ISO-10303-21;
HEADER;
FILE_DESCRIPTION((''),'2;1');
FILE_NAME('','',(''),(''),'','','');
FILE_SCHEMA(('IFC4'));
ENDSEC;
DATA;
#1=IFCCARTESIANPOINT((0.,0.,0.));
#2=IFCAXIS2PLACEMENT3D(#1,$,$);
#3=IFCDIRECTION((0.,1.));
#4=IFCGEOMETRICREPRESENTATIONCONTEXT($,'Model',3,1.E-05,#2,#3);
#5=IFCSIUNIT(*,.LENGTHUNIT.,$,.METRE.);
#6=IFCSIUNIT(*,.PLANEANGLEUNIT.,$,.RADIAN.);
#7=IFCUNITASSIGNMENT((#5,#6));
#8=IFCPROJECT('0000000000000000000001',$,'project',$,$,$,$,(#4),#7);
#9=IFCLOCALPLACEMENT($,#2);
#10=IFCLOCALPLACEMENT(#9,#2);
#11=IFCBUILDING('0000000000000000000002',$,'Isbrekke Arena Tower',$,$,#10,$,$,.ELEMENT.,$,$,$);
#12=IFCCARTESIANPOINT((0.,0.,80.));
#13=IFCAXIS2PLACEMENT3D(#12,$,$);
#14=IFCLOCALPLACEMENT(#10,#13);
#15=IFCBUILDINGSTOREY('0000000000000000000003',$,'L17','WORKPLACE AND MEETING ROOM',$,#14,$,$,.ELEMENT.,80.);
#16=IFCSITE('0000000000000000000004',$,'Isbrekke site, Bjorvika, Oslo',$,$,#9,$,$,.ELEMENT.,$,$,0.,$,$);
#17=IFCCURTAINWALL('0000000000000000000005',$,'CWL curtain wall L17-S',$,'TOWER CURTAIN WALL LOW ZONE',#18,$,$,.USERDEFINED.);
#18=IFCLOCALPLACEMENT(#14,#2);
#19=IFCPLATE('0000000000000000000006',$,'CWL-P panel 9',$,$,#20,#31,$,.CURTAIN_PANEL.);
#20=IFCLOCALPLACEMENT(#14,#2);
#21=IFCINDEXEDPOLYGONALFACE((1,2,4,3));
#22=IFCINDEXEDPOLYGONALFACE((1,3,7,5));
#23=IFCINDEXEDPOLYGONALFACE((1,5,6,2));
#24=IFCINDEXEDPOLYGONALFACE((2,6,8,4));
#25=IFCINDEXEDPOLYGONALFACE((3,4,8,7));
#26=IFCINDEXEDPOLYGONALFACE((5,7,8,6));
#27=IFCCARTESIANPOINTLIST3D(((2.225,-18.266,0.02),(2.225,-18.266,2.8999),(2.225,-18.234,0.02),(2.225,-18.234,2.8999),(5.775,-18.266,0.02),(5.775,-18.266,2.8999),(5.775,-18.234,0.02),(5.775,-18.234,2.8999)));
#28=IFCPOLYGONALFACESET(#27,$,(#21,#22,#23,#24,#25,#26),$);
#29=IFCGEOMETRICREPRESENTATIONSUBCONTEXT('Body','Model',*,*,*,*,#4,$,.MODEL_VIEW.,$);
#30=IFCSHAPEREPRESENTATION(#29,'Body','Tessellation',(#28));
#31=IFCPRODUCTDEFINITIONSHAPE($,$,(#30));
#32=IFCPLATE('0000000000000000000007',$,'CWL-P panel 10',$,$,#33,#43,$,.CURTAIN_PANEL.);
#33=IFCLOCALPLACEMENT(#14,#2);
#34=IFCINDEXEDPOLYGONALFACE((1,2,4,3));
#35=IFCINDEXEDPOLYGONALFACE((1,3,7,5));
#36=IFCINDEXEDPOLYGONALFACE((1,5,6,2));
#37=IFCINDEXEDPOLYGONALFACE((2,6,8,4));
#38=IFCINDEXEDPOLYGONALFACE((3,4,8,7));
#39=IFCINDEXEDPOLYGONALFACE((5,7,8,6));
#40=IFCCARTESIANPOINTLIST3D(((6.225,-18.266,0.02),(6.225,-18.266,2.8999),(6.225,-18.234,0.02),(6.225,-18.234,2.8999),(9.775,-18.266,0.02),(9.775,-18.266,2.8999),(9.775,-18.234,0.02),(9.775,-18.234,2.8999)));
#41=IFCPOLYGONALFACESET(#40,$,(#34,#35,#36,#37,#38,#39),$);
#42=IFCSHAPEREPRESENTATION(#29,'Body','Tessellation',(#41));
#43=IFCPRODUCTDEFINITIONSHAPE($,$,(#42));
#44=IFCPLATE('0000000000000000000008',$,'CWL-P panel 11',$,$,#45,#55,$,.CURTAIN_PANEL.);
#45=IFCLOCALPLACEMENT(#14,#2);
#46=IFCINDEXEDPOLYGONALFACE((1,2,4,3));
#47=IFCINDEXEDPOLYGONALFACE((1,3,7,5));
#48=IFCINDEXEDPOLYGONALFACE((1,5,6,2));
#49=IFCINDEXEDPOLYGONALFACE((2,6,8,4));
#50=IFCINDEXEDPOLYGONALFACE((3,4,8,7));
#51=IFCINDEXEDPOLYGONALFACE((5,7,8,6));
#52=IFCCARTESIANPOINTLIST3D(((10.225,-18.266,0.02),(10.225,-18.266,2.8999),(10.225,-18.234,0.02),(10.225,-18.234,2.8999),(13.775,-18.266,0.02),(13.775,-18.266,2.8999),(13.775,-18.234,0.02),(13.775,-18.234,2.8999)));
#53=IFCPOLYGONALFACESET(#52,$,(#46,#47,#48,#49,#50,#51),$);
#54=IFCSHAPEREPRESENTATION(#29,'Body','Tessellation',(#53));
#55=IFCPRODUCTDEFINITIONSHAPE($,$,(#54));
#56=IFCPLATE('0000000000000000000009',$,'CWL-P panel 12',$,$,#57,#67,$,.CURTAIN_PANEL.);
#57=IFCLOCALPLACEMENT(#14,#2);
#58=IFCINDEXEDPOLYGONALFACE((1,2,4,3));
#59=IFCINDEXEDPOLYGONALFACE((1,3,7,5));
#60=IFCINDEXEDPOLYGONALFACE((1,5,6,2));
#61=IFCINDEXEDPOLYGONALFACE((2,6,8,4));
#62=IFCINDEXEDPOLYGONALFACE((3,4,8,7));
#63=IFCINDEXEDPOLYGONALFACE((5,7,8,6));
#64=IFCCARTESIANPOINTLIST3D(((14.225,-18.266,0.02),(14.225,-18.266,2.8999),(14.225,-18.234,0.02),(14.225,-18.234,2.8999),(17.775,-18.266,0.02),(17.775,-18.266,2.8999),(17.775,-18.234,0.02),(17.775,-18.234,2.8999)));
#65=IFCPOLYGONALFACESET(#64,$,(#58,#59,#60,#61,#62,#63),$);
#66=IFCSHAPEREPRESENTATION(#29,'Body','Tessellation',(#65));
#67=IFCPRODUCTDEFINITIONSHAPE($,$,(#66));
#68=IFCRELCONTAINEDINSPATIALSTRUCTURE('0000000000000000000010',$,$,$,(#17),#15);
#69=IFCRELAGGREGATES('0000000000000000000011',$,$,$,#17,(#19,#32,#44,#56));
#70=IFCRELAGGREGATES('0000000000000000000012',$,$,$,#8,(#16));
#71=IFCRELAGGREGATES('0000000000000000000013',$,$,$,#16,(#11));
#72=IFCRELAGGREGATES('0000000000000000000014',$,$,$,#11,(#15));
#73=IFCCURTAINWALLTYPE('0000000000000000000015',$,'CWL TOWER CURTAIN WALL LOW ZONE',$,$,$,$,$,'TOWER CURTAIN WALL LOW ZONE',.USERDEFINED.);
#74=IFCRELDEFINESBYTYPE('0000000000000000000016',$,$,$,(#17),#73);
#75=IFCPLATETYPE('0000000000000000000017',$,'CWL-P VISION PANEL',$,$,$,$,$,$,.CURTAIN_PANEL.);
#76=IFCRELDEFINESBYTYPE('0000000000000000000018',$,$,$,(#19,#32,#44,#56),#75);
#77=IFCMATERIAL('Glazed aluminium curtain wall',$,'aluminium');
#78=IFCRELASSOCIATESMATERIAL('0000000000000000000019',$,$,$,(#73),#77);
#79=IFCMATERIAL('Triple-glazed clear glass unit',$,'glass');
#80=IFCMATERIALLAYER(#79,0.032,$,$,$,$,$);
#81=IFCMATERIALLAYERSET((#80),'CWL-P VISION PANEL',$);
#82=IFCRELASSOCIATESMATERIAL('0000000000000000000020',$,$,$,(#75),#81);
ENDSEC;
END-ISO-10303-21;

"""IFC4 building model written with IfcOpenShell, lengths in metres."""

from ifc_helpers import new_model, si_unit, direction, frame, origin, origin_2d, place, context, subcontext, project, spatial, rectangle, extrude, material, layer, layer_set, type_object, element, aggregate, save


model = new_model("IFC4")

# Units and contexts
model_context = context("Model", 3, precision=1e-05, world=origin(), true_north=direction((0.0, 1.0)))
body_context = subcontext(model_context, "Body", "Model", "MODEL_VIEW")
ifc_project = project(units=[si_unit("LENGTHUNIT", "METRE"), si_unit("PLANEANGLEUNIT", "RADIAN")], contexts=[model_context])

# Site, building, storey
site_placement = place(None, origin())
site = spatial("IfcSite", under=ifc_project, at=site_placement, Name="Isbrekke site, Bjorvika, Oslo", CompositionType="ELEMENT", RefElevation=0.0)
building_placement = place(site_placement, origin())
building = spatial("IfcBuilding", under=site, at=building_placement, Name="Isbrekke Arena Tower", CompositionType="ELEMENT")
storey_placement = place(building_placement, frame((0.0, 0.0, 80.0)))
storey = spatial("IfcBuildingStorey", under=building, at=storey_placement, Name="L17", Description="WORKPLACE AND MEETING ROOM", CompositionType="ELEMENT", Elevation=80.0)

# Curtain wall
ifc_material_1 = material(Name="Glazed aluminium curtain wall", Category="aluminium")
curtain_wall_type = type_object("IfcCurtainWallType", Name="CWL TOWER CURTAIN WALL LOW ZONE", ElementType="TOWER CURTAIN WALL LOW ZONE", PredefinedType="USERDEFINED", material=ifc_material_1)
curtain_wall_placement = place(storey_placement, origin())
curtain_wall = element("IfcCurtainWall", 1, at=curtain_wall_placement, inside=storey, type_object=curtain_wall_type, Name="CWL curtain wall L17-S", ObjectType="TOWER CURTAIN WALL LOW ZONE", PredefinedType="USERDEFINED")

# Plates
ifc_material_2 = material(Name="Triple-glazed clear glass unit", Category="glass")
ifc_layer = layer(ifc_material_2, 0.032)
ifc_layer_set = layer_set([ifc_layer], Name="CWL-P VISION PANEL")
plate_type = type_object("IfcPlateType", Name="CWL-P VISION PANEL", PredefinedType="CURTAIN_PANEL", material=ifc_layer_set)
plate_1_placement = place(storey_placement, frame((4.0, -18.25, 0.02), z_axis=(0.0, 0.0, 1.0), x_axis=(1.0, 0.0, 0.0)))
plate_1 = element("IfcPlate", 2, at=plate_1_placement, type_object=plate_type, Name="CWL-P panel 9", PredefinedType="CURTAIN_PANEL", context=body_context, shape_type="SweptSolid", body=[
    extrude(rectangle(XDim=3.55, YDim=0.032, at=origin_2d()), origin(), (0.0, 0.0, 1.0), 2.8799),
])
plate_2_placement = place(storey_placement, frame((8.0, -18.25, 0.02), z_axis=(0.0, 0.0, 1.0), x_axis=(1.0, 0.0, 0.0)))
plate_2 = element("IfcPlate", 3, at=plate_2_placement, type_object=plate_type, Name="CWL-P panel 10", PredefinedType="CURTAIN_PANEL", context=body_context, shape_type="SweptSolid", body=[
    extrude(rectangle(XDim=3.55, YDim=0.032, at=origin_2d()), origin(), (0.0, 0.0, 1.0), 2.8799),
])
plate_3_placement = place(storey_placement, frame((12.0, -18.25, 0.02), z_axis=(0.0, 0.0, 1.0), x_axis=(1.0, 0.0, 0.0)))
plate_3 = element("IfcPlate", 4, at=plate_3_placement, type_object=plate_type, Name="CWL-P panel 11", PredefinedType="CURTAIN_PANEL", context=body_context, shape_type="SweptSolid", body=[
    extrude(rectangle(XDim=3.55, YDim=0.032, at=origin_2d()), origin(), (0.0, 0.0, 1.0), 2.8799),
])
plate_4_placement = place(storey_placement, frame((16.0, -18.25, 0.02), z_axis=(0.0, 0.0, 1.0), x_axis=(1.0, 0.0, 0.0)))
plate_4 = element("IfcPlate", 5, at=plate_4_placement, type_object=plate_type, Name="CWL-P panel 12", PredefinedType="CURTAIN_PANEL", context=body_context, shape_type="SweptSolid", body=[
    extrude(rectangle(XDim=3.55, YDim=0.032, at=origin_2d()), origin(), (0.0, 0.0, 1.0), 2.8799),
])
aggregate(curtain_wall, [plate_1, plate_2, plate_3, plate_4])

save(model, "model.ifc")
